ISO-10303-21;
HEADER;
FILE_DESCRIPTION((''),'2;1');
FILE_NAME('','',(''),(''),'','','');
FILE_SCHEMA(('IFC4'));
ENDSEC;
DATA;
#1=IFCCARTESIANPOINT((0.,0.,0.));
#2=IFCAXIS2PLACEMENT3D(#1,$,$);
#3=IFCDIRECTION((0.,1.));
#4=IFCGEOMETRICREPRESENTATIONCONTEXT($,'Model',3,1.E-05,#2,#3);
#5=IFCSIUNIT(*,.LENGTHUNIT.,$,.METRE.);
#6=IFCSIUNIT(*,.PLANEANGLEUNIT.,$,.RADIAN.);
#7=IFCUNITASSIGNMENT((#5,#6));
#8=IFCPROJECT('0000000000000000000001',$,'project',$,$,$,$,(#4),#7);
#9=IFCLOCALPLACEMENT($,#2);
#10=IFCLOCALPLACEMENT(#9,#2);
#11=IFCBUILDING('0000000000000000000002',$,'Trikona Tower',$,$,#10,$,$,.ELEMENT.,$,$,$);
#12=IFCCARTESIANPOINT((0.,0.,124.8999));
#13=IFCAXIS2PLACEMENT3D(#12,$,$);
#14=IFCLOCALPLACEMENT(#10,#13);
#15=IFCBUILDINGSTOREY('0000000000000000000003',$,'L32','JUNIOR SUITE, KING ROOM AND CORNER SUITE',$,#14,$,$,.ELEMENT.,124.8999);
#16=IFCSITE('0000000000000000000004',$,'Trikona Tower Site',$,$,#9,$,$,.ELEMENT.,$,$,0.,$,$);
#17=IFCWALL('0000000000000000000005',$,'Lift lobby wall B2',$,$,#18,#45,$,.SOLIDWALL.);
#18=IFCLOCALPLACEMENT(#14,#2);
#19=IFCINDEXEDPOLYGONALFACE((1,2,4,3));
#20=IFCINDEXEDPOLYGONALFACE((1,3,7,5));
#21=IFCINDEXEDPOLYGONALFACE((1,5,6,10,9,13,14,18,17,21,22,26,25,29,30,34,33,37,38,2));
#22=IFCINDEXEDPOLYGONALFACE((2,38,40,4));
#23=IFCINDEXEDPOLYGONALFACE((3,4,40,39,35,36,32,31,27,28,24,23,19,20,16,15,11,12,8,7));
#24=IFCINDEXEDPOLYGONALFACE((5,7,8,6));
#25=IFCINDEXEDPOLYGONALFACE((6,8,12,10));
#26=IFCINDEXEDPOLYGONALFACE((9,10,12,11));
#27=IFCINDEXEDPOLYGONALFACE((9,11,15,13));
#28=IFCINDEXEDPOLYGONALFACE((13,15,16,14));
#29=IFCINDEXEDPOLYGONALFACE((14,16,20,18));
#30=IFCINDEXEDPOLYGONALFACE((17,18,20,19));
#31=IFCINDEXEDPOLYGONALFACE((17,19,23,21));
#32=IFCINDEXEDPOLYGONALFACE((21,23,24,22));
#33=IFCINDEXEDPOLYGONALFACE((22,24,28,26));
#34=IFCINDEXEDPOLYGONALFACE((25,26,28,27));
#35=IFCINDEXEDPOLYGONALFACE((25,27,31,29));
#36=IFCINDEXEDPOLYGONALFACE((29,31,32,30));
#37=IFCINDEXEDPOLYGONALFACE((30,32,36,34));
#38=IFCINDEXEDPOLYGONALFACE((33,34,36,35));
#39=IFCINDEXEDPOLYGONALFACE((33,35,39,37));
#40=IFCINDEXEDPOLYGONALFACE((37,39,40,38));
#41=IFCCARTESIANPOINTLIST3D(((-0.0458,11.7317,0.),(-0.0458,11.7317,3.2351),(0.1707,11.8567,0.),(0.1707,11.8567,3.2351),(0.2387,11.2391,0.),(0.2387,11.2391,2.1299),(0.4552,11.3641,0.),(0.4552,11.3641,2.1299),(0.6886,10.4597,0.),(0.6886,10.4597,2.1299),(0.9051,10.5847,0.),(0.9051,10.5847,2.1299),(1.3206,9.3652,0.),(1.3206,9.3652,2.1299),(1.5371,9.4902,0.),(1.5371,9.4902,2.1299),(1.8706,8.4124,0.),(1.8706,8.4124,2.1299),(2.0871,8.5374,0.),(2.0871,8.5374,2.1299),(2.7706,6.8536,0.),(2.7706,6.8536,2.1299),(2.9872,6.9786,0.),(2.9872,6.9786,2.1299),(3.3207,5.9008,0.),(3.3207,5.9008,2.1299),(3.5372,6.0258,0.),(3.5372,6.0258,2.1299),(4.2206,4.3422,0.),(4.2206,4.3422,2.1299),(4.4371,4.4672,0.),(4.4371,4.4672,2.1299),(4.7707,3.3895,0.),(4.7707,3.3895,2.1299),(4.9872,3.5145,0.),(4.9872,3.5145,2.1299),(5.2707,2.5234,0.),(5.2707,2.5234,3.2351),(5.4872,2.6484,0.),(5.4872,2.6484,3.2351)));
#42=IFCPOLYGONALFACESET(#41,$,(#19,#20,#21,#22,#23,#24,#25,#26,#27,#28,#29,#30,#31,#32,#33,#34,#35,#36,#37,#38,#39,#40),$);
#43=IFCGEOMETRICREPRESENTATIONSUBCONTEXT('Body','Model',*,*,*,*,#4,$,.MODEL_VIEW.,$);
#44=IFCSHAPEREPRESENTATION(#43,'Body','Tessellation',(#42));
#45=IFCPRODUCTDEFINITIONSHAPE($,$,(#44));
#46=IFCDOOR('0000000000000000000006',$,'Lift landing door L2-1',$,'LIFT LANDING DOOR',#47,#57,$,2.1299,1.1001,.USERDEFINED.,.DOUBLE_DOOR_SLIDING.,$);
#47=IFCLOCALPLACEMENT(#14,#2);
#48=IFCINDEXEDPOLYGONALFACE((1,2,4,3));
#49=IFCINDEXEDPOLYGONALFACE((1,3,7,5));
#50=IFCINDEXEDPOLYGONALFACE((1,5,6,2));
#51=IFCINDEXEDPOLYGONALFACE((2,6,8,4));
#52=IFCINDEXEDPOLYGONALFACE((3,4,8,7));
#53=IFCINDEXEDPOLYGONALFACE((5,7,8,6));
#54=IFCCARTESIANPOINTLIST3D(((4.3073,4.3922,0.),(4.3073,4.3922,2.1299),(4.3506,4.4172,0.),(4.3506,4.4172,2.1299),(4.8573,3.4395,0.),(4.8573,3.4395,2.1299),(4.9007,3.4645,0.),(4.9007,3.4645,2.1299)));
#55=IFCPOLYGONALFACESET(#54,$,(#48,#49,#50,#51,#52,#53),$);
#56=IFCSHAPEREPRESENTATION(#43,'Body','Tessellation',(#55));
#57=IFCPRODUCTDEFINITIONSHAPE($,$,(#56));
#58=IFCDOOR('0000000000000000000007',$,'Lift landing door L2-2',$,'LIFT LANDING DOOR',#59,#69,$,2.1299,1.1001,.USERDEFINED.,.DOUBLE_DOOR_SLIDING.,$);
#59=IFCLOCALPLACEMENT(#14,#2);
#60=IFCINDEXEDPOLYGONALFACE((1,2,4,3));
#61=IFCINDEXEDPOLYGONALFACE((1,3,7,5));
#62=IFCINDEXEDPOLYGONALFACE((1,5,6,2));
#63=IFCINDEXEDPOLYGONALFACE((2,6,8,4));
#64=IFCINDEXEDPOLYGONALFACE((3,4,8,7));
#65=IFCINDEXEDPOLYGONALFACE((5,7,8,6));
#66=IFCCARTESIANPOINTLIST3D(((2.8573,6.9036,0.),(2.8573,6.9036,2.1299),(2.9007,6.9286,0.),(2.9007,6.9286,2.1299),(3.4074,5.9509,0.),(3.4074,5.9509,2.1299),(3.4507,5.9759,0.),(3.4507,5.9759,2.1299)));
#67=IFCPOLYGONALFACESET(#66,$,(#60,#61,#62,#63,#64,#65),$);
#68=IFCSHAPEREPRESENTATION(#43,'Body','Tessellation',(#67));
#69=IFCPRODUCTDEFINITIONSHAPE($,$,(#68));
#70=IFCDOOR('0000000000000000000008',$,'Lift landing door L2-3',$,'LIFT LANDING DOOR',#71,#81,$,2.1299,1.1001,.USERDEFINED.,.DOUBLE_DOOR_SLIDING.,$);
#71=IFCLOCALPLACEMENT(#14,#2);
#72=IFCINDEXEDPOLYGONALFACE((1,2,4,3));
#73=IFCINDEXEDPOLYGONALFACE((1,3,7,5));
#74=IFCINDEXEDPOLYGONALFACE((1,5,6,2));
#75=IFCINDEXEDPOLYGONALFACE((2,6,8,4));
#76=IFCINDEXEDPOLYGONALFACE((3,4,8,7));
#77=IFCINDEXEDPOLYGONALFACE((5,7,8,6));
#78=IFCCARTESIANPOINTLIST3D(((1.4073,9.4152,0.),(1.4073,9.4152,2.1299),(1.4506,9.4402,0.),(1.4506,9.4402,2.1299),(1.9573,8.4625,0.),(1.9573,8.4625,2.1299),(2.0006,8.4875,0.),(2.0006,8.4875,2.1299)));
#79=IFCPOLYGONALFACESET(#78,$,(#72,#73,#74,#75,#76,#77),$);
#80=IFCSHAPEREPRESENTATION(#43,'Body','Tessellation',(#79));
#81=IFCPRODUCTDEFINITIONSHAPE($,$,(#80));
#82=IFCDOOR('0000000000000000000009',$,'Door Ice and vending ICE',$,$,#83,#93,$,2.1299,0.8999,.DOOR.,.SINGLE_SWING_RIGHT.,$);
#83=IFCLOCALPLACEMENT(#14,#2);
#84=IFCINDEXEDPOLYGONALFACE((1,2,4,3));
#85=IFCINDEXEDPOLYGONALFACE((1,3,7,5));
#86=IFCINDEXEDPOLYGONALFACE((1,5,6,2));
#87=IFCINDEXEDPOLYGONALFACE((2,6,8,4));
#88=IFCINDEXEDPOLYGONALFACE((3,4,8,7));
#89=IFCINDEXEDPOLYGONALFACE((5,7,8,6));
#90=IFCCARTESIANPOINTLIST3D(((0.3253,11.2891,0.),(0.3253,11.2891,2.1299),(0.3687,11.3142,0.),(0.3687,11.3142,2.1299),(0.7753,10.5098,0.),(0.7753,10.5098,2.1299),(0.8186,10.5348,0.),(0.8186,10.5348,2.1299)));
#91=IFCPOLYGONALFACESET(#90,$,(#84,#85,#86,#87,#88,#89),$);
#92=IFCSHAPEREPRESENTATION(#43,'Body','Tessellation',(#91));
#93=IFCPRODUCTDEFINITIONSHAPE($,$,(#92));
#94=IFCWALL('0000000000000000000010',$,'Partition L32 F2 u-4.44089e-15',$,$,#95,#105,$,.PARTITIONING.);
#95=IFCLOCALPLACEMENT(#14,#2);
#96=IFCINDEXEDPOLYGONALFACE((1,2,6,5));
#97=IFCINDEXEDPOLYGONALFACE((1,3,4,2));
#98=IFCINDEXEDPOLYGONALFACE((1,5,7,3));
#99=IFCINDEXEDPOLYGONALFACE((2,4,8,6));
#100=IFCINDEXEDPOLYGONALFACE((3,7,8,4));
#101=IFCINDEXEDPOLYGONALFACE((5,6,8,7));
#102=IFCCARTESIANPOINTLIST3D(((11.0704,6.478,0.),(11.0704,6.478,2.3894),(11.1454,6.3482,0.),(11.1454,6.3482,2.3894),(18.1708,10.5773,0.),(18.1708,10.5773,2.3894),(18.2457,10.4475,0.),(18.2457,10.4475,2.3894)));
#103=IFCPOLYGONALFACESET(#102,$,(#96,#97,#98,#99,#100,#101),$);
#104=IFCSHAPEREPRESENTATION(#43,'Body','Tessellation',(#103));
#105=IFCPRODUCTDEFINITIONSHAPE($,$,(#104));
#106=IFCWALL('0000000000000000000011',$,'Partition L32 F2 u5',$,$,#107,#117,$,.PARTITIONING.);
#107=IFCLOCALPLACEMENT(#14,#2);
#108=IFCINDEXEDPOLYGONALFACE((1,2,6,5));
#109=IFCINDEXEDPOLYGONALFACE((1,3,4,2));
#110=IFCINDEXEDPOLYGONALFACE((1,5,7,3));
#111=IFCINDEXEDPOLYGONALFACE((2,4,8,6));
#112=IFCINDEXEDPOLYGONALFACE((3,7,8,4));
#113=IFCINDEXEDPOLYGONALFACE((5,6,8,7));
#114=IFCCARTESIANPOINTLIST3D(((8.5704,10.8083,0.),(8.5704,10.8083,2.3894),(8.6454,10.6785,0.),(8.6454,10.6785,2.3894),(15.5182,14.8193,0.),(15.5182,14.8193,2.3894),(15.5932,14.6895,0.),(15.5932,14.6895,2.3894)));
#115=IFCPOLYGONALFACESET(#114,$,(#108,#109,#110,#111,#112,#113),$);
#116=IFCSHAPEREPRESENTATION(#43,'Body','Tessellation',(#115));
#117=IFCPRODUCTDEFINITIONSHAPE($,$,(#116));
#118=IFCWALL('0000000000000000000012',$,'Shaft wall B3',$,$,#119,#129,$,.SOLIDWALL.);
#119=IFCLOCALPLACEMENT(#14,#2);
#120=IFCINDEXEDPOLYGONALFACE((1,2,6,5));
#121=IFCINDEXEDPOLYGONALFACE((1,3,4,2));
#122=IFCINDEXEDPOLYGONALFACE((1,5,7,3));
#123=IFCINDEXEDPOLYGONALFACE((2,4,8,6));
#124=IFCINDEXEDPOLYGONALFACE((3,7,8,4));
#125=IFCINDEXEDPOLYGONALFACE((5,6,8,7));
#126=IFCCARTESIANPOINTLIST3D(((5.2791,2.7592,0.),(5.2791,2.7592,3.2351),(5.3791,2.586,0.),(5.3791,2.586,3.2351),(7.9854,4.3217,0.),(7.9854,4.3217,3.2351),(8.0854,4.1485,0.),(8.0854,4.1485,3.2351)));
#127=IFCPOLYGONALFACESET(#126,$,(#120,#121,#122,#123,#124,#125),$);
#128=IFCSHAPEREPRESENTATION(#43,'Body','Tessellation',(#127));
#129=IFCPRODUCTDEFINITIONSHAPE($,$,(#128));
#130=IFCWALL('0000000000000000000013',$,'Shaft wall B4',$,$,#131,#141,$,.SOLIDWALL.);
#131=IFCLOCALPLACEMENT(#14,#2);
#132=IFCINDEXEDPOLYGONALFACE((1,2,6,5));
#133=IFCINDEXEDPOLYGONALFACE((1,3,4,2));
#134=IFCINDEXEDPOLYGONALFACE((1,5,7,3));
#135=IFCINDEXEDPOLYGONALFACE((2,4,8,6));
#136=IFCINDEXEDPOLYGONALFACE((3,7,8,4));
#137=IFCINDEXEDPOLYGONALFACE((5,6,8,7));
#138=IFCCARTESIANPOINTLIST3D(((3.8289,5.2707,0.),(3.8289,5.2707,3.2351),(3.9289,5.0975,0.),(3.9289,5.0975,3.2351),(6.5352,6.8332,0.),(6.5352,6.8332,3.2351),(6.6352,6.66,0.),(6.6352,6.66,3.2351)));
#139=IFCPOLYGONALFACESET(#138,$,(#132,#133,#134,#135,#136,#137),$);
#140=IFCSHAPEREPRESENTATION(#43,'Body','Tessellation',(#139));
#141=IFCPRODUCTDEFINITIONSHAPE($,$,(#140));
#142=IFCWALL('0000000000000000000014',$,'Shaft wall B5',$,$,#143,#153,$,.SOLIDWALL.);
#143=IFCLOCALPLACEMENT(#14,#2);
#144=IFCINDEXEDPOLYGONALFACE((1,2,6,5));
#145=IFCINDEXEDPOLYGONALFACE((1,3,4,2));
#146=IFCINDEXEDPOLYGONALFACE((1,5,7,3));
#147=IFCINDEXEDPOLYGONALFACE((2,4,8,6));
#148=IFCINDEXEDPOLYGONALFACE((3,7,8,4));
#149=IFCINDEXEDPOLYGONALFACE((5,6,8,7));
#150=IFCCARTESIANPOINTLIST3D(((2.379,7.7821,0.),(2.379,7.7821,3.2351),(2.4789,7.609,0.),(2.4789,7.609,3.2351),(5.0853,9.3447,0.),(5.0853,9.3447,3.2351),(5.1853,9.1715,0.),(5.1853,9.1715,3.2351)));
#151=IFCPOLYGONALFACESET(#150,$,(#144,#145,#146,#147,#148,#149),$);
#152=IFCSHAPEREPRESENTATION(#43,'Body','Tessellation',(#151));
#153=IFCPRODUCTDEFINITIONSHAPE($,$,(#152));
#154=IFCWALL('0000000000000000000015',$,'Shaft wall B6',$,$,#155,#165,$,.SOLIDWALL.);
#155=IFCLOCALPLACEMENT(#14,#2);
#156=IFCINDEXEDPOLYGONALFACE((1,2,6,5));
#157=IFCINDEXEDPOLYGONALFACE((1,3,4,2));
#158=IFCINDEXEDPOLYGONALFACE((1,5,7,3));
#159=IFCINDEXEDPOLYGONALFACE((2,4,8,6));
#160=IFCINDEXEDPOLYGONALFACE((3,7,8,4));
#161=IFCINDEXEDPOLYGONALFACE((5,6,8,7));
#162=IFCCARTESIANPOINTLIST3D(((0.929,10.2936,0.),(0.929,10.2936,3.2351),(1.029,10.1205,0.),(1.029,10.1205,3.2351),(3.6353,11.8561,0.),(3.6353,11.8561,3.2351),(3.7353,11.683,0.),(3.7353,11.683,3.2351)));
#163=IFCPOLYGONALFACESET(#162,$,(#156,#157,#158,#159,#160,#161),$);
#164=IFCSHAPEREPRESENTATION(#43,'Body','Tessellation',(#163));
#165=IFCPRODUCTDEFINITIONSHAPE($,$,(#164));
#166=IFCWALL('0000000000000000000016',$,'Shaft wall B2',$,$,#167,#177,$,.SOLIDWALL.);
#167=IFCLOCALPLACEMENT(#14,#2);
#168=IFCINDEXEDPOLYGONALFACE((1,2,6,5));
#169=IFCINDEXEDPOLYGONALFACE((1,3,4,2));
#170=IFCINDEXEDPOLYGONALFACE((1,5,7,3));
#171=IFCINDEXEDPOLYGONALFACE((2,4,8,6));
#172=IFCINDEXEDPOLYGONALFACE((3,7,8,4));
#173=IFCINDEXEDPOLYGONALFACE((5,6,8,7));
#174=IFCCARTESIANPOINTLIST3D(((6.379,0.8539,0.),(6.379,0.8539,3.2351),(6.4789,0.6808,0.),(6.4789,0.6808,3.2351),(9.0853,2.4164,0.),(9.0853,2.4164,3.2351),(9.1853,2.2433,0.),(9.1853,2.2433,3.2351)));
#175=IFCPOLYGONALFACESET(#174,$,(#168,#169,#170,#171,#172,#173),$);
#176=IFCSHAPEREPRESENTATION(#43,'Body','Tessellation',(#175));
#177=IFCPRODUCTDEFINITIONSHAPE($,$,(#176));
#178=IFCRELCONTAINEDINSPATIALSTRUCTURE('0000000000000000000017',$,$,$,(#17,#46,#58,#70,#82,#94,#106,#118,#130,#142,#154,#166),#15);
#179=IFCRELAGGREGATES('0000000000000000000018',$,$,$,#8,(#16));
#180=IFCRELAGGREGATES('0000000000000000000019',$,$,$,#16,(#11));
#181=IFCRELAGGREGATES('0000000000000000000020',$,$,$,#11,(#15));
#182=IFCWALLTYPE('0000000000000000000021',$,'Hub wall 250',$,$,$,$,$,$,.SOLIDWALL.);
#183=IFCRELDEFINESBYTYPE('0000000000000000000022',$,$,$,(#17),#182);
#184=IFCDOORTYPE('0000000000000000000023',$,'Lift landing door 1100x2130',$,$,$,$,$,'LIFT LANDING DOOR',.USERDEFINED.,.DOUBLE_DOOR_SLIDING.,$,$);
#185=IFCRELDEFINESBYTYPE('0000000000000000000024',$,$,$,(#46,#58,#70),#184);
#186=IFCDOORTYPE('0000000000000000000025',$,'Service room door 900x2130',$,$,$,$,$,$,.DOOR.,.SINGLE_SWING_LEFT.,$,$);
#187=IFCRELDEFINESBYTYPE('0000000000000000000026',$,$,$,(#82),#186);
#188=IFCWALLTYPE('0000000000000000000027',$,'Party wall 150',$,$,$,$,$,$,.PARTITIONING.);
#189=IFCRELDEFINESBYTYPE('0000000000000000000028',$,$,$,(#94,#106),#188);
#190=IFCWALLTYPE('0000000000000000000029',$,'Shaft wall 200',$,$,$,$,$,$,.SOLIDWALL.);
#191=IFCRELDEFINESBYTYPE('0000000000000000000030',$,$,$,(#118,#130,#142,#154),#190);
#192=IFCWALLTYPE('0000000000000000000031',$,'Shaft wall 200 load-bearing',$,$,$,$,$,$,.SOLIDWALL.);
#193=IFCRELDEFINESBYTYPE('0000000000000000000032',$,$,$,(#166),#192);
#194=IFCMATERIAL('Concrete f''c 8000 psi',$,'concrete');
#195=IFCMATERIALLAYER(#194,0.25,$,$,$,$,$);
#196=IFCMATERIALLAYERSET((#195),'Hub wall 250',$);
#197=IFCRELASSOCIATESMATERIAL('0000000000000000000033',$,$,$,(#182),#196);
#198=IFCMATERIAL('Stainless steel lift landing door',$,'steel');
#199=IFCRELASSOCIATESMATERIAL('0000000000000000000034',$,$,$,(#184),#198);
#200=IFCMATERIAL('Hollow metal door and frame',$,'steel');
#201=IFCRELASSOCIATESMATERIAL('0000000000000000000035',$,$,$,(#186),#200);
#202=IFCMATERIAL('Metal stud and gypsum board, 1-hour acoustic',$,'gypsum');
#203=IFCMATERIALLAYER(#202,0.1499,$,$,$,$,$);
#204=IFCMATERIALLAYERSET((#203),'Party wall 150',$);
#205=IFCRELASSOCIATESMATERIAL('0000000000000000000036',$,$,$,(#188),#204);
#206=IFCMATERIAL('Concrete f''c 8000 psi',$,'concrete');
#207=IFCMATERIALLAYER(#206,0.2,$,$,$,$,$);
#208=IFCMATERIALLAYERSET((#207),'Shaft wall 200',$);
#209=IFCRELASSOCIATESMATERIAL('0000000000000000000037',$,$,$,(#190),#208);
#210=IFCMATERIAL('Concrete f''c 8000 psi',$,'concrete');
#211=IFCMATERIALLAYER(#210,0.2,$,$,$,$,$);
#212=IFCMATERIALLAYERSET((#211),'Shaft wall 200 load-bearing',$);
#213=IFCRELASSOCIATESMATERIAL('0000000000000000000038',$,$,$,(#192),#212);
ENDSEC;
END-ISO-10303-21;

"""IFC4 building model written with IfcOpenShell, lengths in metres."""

from ifc_helpers import new_model, si_unit, direction, frame, frame_2d, origin, place, context, subcontext, project, spatial, rectangle, extrude, material, layer, layer_set, type_object, element, fill, save


model = new_model("IFC4")

# Units and contexts
model_context = context("Model", 3, precision=1e-05, world=origin(), true_north=direction((0.0, 1.0)))
body_context = subcontext(model_context, "Body", "Model", "MODEL_VIEW")
ifc_project = project(units=[si_unit("LENGTHUNIT", "METRE"), si_unit("PLANEANGLEUNIT", "RADIAN")], contexts=[model_context])

# Site, building, storey
site_placement = place(None, origin())
site = spatial("IfcSite", under=ifc_project, at=site_placement, Name="Trikona Tower Site", CompositionType="ELEMENT", RefElevation=0.0)
building_placement = place(site_placement, origin())
building = spatial("IfcBuilding", under=site, at=building_placement, Name="Trikona Tower", CompositionType="ELEMENT")
storey_placement = place(building_placement, frame((0.0, 0.0, 124.8999)))
storey = spatial("IfcBuildingStorey", under=building, at=storey_placement, Name="L32", Description="JUNIOR SUITE, KING ROOM AND CORNER SUITE", CompositionType="ELEMENT", Elevation=124.8999)

# Wall, openings, doors
ifc_material_1 = material(Name="Concrete f'c 8000 psi", Category="concrete")
ifc_layer_1 = layer(ifc_material_1, 0.25)
ifc_layer_set_1 = layer_set([ifc_layer_1], Name="Hub wall 250")
wall_type_1 = type_object("IfcWallType", Name="Hub wall 250", PredefinedType="SOLIDWALL", material=ifc_layer_set_1)
wall_1_placement = place(storey_placement, frame((5.3789, 2.5859, 0.0), z_axis=(0.0, 0.0, 1.0), x_axis=(-0.500001, 0.866025, 0.0)))
wall_1 = element("IfcWall", 1, at=wall_1_placement, inside=storey, type_object=wall_type_1, Name="Lift lobby wall B2", PredefinedType="SOLIDWALL", context=body_context, shape_type="SweptSolid", body=[
    extrude(rectangle(XDim=10.6328, YDim=0.25, at=frame_2d((5.3164, 0.0))), origin(), (0.0, 0.0, 1.0), 3.2351),
])
opening_1_placement = place(wall_1_placement, frame((9.1641, 0.0, 0.0)))
opening_1 = element("IfcOpeningElement", 2, at=opening_1_placement, cuts=wall_1, PredefinedType="OPENING", context=body_context, shape_type="SweptSolid", body=[
    extrude(rectangle(XDim=0.8999, YDim=2.1299, at=frame_2d((0.45, 1.0649))), frame((0.0, 0.135, 0.0), z_axis=(0.0, -1.0, 0.0), x_axis=(1.0, 0.0, 0.0)), (0.0, 0.0, 1.0), 0.27),
])
opening_2_placement = place(wall_1_placement, frame((1.0, 0.0, 0.0)))
opening_2 = element("IfcOpeningElement", 3, at=opening_2_placement, cuts=wall_1, PredefinedType="OPENING", context=body_context, shape_type="SweptSolid", body=[
    extrude(rectangle(XDim=1.1001, YDim=2.1299, at=frame_2d((0.55, 1.0649))), frame((0.0, 0.135, 0.0), z_axis=(0.0, -1.0, 0.0), x_axis=(1.0, 0.0, 0.0)), (0.0, 0.0, 1.0), 0.27),
])
opening_3_placement = place(wall_1_placement, frame((3.8999, 0.0, 0.0)))
opening_3 = element("IfcOpeningElement", 4, at=opening_3_placement, cuts=wall_1, PredefinedType="OPENING", context=body_context, shape_type="SweptSolid", body=[
    extrude(rectangle(XDim=1.1001, YDim=2.1299, at=frame_2d((0.55, 1.0649))), frame((0.0, 0.135, 0.0), z_axis=(0.0, -1.0, 0.0), x_axis=(1.0, 0.0, 0.0)), (0.0, 0.0, 1.0), 0.27),
])
opening_4_placement = place(wall_1_placement, frame((6.8, 0.0, 0.0)))
opening_4 = element("IfcOpeningElement", 5, at=opening_4_placement, cuts=wall_1, PredefinedType="OPENING", context=body_context, shape_type="SweptSolid", body=[
    extrude(rectangle(XDim=1.1001, YDim=2.1299, at=frame_2d((0.55, 1.0649))), frame((0.0, 0.135, 0.0), z_axis=(0.0, -1.0, 0.0), x_axis=(1.0, 0.0, 0.0)), (0.0, 0.0, 1.0), 0.27),
])
ifc_material_2 = material(Name="Stainless steel lift landing door", Category="steel")
door_type_1 = type_object("IfcDoorType", Name="Lift landing door 1100x2130", ElementType="LIFT LANDING DOOR", OperationType="DOUBLE_DOOR_SLIDING", PredefinedType="USERDEFINED", material=ifc_material_2)
door_1_placement = place(opening_2_placement, origin())
door_1 = element("IfcDoor", 6, at=door_1_placement, inside=storey, type_object=door_type_1, Name="Lift landing door L2-1", ObjectType="LIFT LANDING DOOR", OperationType="DOUBLE_DOOR_SLIDING", OverallHeight=2.1299, OverallWidth=1.1001, PredefinedType="USERDEFINED", context=body_context, shape_type="SweptSolid", body=[
    extrude(rectangle(XDim=1.1001, YDim=2.1299, at=frame_2d((0.55, 1.0649))), frame((0.0, 0.0249, 0.0), z_axis=(0.0, -1.0, 0.0), x_axis=(1.0, 0.0, 0.0)), (0.0, 0.0, 1.0), 0.05),
])
fill(opening_2, door_1)
door_2_placement = place(opening_3_placement, origin())
door_2 = element("IfcDoor", 7, at=door_2_placement, inside=storey, type_object=door_type_1, Name="Lift landing door L2-2", ObjectType="LIFT LANDING DOOR", OperationType="DOUBLE_DOOR_SLIDING", OverallHeight=2.1299, OverallWidth=1.1001, PredefinedType="USERDEFINED", context=body_context, shape_type="SweptSolid", body=[
    extrude(rectangle(XDim=1.1001, YDim=2.1299, at=frame_2d((0.55, 1.0649))), frame((0.0, 0.0249, 0.0), z_axis=(0.0, -1.0, 0.0), x_axis=(1.0, 0.0, 0.0)), (0.0, 0.0, 1.0), 0.05),
])
fill(opening_3, door_2)
door_3_placement = place(opening_4_placement, origin())
door_3 = element("IfcDoor", 8, at=door_3_placement, inside=storey, type_object=door_type_1, Name="Lift landing door L2-3", ObjectType="LIFT LANDING DOOR", OperationType="DOUBLE_DOOR_SLIDING", OverallHeight=2.1299, OverallWidth=1.1001, PredefinedType="USERDEFINED", context=body_context, shape_type="SweptSolid", body=[
    extrude(rectangle(XDim=1.1001, YDim=2.1299, at=frame_2d((0.55, 1.0649))), frame((0.0, 0.0249, 0.0), z_axis=(0.0, -1.0, 0.0), x_axis=(1.0, 0.0, 0.0)), (0.0, 0.0, 1.0), 0.05),
])
fill(opening_4, door_3)
ifc_material_3 = material(Name="Hollow metal door and frame", Category="steel")
door_type_2 = type_object("IfcDoorType", Name="Service room door 900x2130", OperationType="SINGLE_SWING_LEFT", PredefinedType="DOOR", material=ifc_material_3)
door_4_placement = place(opening_1_placement, origin())
door_4 = element("IfcDoor", 9, at=door_4_placement, inside=storey, type_object=door_type_2, Name="Door Ice and vending ICE", OperationType="SINGLE_SWING_RIGHT", OverallHeight=2.1299, OverallWidth=0.8999, PredefinedType="DOOR", context=body_context, shape_type="SweptSolid", body=[
    extrude(rectangle(XDim=0.8999, YDim=2.1299, at=frame_2d((0.45, 1.0649))), frame((0.0, 0.0249, 0.0), z_axis=(0.0, -1.0, 0.0), x_axis=(1.0, 0.0, 0.0)), (0.0, 0.0, 1.0), 0.05),
])
fill(opening_1, door_4)

# Walls
ifc_material_4 = material(Name="Metal stud and gypsum board, 1-hour acoustic", Category="gypsum")
ifc_layer_2 = layer(ifc_material_4, 0.1499)
ifc_layer_set_2 = layer_set([ifc_layer_2], Name="Party wall 150")
wall_type_2 = type_object("IfcWallType", Name="Party wall 150", PredefinedType="PARTITIONING", material=ifc_layer_set_2)
wall_2_placement = place(storey_placement, frame((11.1079, 6.4131, 0.0), z_axis=(0.0, 0.0, 1.0), x_axis=(0.866026, 0.499998, 0.0)))
element("IfcWall", 10, at=wall_2_placement, inside=storey, type_object=wall_type_2, Name="Partition L32 F2 u-4.44089e-15", PredefinedType="PARTITIONING", context=body_context, shape_type="SweptSolid", body=[
    extrude(rectangle(XDim=8.1987, YDim=0.1499, at=frame_2d((4.0994, 0.0))), origin(), (0.0, 0.0, 1.0), 2.3894),
])
wall_3_placement = place(storey_placement, frame((8.6079, 10.7434, 0.0), z_axis=(0.0, 0.0, 1.0), x_axis=(0.866042, 0.499972, 0.0)))
element("IfcWall", 11, at=wall_3_placement, inside=storey, type_object=wall_type_2, Name="Partition L32 F2 u5", PredefinedType="PARTITIONING", context=body_context, shape_type="SweptSolid", body=[
    extrude(rectangle(XDim=8.0225, YDim=0.1499, at=frame_2d((4.0112, 0.0))), origin(), (0.0, 0.0, 1.0), 2.3894),
])
ifc_material_5 = material(Name="Concrete f'c 8000 psi", Category="concrete")
ifc_layer_3 = layer(ifc_material_5, 0.2)
ifc_layer_set_3 = layer_set([ifc_layer_3], Name="Shaft wall 200")
wall_type_3 = type_object("IfcWallType", Name="Shaft wall 200", PredefinedType="SOLIDWALL", material=ifc_layer_set_3)
for number, where, z_axis, x_axis, name in (
    (12, (5.3291, 2.6726, 0.0), (0.0, 0.0, 1.0), (0.866023, 0.500004, 0.0), "Shaft wall B3"),
    (13, (3.8789, 5.1841, 0.0), (0.0, 0.0, 1.0), (0.866023, 0.500004, 0.0), "Shaft wall B4"),
    (14, (2.429, 7.6956, 0.0), (0.0, 0.0, 1.0), (0.866023, 0.500004, 0.0), "Shaft wall B5"),
    (15, (0.979, 10.207, 0.0), (0.0, 0.0, 1.0), (0.866023, 0.500004, 0.0), "Shaft wall B6"),
):
    element("IfcWall", number, at=place(storey_placement, frame(where, z_axis=z_axis, x_axis=x_axis)), inside=storey, type_object=wall_type_3, Name=name, PredefinedType="SOLIDWALL", context=body_context, shape_type="SweptSolid", body=[
        extrude(rectangle(XDim=3.125, YDim=0.2, at=frame_2d((1.5625, 0.0))), origin(), (0.0, 0.0, 1.0), 3.2351),
    ])
ifc_material_6 = material(Name="Concrete f'c 8000 psi", Category="concrete")
ifc_layer_4 = layer(ifc_material_6, 0.2)
ifc_layer_set_4 = layer_set([ifc_layer_4], Name="Shaft wall 200 load-bearing")
wall_type_4 = type_object("IfcWallType", Name="Shaft wall 200 load-bearing", PredefinedType="SOLIDWALL", material=ifc_layer_set_4)
wall_4_placement = place(storey_placement, frame((6.429, 0.7673, 0.0), z_axis=(0.0, 0.0, 1.0), x_axis=(0.866023, 0.500004, 0.0)))
element("IfcWall", 16, at=wall_4_placement, inside=storey, type_object=wall_type_4, Name="Shaft wall B2", PredefinedType="SOLIDWALL", context=body_context, shape_type="SweptSolid", body=[
    extrude(rectangle(XDim=3.125, YDim=0.2, at=frame_2d((1.5625, 0.0))), origin(), (0.0, 0.0, 1.0), 3.2351),
])

save(model, "model.ifc")
